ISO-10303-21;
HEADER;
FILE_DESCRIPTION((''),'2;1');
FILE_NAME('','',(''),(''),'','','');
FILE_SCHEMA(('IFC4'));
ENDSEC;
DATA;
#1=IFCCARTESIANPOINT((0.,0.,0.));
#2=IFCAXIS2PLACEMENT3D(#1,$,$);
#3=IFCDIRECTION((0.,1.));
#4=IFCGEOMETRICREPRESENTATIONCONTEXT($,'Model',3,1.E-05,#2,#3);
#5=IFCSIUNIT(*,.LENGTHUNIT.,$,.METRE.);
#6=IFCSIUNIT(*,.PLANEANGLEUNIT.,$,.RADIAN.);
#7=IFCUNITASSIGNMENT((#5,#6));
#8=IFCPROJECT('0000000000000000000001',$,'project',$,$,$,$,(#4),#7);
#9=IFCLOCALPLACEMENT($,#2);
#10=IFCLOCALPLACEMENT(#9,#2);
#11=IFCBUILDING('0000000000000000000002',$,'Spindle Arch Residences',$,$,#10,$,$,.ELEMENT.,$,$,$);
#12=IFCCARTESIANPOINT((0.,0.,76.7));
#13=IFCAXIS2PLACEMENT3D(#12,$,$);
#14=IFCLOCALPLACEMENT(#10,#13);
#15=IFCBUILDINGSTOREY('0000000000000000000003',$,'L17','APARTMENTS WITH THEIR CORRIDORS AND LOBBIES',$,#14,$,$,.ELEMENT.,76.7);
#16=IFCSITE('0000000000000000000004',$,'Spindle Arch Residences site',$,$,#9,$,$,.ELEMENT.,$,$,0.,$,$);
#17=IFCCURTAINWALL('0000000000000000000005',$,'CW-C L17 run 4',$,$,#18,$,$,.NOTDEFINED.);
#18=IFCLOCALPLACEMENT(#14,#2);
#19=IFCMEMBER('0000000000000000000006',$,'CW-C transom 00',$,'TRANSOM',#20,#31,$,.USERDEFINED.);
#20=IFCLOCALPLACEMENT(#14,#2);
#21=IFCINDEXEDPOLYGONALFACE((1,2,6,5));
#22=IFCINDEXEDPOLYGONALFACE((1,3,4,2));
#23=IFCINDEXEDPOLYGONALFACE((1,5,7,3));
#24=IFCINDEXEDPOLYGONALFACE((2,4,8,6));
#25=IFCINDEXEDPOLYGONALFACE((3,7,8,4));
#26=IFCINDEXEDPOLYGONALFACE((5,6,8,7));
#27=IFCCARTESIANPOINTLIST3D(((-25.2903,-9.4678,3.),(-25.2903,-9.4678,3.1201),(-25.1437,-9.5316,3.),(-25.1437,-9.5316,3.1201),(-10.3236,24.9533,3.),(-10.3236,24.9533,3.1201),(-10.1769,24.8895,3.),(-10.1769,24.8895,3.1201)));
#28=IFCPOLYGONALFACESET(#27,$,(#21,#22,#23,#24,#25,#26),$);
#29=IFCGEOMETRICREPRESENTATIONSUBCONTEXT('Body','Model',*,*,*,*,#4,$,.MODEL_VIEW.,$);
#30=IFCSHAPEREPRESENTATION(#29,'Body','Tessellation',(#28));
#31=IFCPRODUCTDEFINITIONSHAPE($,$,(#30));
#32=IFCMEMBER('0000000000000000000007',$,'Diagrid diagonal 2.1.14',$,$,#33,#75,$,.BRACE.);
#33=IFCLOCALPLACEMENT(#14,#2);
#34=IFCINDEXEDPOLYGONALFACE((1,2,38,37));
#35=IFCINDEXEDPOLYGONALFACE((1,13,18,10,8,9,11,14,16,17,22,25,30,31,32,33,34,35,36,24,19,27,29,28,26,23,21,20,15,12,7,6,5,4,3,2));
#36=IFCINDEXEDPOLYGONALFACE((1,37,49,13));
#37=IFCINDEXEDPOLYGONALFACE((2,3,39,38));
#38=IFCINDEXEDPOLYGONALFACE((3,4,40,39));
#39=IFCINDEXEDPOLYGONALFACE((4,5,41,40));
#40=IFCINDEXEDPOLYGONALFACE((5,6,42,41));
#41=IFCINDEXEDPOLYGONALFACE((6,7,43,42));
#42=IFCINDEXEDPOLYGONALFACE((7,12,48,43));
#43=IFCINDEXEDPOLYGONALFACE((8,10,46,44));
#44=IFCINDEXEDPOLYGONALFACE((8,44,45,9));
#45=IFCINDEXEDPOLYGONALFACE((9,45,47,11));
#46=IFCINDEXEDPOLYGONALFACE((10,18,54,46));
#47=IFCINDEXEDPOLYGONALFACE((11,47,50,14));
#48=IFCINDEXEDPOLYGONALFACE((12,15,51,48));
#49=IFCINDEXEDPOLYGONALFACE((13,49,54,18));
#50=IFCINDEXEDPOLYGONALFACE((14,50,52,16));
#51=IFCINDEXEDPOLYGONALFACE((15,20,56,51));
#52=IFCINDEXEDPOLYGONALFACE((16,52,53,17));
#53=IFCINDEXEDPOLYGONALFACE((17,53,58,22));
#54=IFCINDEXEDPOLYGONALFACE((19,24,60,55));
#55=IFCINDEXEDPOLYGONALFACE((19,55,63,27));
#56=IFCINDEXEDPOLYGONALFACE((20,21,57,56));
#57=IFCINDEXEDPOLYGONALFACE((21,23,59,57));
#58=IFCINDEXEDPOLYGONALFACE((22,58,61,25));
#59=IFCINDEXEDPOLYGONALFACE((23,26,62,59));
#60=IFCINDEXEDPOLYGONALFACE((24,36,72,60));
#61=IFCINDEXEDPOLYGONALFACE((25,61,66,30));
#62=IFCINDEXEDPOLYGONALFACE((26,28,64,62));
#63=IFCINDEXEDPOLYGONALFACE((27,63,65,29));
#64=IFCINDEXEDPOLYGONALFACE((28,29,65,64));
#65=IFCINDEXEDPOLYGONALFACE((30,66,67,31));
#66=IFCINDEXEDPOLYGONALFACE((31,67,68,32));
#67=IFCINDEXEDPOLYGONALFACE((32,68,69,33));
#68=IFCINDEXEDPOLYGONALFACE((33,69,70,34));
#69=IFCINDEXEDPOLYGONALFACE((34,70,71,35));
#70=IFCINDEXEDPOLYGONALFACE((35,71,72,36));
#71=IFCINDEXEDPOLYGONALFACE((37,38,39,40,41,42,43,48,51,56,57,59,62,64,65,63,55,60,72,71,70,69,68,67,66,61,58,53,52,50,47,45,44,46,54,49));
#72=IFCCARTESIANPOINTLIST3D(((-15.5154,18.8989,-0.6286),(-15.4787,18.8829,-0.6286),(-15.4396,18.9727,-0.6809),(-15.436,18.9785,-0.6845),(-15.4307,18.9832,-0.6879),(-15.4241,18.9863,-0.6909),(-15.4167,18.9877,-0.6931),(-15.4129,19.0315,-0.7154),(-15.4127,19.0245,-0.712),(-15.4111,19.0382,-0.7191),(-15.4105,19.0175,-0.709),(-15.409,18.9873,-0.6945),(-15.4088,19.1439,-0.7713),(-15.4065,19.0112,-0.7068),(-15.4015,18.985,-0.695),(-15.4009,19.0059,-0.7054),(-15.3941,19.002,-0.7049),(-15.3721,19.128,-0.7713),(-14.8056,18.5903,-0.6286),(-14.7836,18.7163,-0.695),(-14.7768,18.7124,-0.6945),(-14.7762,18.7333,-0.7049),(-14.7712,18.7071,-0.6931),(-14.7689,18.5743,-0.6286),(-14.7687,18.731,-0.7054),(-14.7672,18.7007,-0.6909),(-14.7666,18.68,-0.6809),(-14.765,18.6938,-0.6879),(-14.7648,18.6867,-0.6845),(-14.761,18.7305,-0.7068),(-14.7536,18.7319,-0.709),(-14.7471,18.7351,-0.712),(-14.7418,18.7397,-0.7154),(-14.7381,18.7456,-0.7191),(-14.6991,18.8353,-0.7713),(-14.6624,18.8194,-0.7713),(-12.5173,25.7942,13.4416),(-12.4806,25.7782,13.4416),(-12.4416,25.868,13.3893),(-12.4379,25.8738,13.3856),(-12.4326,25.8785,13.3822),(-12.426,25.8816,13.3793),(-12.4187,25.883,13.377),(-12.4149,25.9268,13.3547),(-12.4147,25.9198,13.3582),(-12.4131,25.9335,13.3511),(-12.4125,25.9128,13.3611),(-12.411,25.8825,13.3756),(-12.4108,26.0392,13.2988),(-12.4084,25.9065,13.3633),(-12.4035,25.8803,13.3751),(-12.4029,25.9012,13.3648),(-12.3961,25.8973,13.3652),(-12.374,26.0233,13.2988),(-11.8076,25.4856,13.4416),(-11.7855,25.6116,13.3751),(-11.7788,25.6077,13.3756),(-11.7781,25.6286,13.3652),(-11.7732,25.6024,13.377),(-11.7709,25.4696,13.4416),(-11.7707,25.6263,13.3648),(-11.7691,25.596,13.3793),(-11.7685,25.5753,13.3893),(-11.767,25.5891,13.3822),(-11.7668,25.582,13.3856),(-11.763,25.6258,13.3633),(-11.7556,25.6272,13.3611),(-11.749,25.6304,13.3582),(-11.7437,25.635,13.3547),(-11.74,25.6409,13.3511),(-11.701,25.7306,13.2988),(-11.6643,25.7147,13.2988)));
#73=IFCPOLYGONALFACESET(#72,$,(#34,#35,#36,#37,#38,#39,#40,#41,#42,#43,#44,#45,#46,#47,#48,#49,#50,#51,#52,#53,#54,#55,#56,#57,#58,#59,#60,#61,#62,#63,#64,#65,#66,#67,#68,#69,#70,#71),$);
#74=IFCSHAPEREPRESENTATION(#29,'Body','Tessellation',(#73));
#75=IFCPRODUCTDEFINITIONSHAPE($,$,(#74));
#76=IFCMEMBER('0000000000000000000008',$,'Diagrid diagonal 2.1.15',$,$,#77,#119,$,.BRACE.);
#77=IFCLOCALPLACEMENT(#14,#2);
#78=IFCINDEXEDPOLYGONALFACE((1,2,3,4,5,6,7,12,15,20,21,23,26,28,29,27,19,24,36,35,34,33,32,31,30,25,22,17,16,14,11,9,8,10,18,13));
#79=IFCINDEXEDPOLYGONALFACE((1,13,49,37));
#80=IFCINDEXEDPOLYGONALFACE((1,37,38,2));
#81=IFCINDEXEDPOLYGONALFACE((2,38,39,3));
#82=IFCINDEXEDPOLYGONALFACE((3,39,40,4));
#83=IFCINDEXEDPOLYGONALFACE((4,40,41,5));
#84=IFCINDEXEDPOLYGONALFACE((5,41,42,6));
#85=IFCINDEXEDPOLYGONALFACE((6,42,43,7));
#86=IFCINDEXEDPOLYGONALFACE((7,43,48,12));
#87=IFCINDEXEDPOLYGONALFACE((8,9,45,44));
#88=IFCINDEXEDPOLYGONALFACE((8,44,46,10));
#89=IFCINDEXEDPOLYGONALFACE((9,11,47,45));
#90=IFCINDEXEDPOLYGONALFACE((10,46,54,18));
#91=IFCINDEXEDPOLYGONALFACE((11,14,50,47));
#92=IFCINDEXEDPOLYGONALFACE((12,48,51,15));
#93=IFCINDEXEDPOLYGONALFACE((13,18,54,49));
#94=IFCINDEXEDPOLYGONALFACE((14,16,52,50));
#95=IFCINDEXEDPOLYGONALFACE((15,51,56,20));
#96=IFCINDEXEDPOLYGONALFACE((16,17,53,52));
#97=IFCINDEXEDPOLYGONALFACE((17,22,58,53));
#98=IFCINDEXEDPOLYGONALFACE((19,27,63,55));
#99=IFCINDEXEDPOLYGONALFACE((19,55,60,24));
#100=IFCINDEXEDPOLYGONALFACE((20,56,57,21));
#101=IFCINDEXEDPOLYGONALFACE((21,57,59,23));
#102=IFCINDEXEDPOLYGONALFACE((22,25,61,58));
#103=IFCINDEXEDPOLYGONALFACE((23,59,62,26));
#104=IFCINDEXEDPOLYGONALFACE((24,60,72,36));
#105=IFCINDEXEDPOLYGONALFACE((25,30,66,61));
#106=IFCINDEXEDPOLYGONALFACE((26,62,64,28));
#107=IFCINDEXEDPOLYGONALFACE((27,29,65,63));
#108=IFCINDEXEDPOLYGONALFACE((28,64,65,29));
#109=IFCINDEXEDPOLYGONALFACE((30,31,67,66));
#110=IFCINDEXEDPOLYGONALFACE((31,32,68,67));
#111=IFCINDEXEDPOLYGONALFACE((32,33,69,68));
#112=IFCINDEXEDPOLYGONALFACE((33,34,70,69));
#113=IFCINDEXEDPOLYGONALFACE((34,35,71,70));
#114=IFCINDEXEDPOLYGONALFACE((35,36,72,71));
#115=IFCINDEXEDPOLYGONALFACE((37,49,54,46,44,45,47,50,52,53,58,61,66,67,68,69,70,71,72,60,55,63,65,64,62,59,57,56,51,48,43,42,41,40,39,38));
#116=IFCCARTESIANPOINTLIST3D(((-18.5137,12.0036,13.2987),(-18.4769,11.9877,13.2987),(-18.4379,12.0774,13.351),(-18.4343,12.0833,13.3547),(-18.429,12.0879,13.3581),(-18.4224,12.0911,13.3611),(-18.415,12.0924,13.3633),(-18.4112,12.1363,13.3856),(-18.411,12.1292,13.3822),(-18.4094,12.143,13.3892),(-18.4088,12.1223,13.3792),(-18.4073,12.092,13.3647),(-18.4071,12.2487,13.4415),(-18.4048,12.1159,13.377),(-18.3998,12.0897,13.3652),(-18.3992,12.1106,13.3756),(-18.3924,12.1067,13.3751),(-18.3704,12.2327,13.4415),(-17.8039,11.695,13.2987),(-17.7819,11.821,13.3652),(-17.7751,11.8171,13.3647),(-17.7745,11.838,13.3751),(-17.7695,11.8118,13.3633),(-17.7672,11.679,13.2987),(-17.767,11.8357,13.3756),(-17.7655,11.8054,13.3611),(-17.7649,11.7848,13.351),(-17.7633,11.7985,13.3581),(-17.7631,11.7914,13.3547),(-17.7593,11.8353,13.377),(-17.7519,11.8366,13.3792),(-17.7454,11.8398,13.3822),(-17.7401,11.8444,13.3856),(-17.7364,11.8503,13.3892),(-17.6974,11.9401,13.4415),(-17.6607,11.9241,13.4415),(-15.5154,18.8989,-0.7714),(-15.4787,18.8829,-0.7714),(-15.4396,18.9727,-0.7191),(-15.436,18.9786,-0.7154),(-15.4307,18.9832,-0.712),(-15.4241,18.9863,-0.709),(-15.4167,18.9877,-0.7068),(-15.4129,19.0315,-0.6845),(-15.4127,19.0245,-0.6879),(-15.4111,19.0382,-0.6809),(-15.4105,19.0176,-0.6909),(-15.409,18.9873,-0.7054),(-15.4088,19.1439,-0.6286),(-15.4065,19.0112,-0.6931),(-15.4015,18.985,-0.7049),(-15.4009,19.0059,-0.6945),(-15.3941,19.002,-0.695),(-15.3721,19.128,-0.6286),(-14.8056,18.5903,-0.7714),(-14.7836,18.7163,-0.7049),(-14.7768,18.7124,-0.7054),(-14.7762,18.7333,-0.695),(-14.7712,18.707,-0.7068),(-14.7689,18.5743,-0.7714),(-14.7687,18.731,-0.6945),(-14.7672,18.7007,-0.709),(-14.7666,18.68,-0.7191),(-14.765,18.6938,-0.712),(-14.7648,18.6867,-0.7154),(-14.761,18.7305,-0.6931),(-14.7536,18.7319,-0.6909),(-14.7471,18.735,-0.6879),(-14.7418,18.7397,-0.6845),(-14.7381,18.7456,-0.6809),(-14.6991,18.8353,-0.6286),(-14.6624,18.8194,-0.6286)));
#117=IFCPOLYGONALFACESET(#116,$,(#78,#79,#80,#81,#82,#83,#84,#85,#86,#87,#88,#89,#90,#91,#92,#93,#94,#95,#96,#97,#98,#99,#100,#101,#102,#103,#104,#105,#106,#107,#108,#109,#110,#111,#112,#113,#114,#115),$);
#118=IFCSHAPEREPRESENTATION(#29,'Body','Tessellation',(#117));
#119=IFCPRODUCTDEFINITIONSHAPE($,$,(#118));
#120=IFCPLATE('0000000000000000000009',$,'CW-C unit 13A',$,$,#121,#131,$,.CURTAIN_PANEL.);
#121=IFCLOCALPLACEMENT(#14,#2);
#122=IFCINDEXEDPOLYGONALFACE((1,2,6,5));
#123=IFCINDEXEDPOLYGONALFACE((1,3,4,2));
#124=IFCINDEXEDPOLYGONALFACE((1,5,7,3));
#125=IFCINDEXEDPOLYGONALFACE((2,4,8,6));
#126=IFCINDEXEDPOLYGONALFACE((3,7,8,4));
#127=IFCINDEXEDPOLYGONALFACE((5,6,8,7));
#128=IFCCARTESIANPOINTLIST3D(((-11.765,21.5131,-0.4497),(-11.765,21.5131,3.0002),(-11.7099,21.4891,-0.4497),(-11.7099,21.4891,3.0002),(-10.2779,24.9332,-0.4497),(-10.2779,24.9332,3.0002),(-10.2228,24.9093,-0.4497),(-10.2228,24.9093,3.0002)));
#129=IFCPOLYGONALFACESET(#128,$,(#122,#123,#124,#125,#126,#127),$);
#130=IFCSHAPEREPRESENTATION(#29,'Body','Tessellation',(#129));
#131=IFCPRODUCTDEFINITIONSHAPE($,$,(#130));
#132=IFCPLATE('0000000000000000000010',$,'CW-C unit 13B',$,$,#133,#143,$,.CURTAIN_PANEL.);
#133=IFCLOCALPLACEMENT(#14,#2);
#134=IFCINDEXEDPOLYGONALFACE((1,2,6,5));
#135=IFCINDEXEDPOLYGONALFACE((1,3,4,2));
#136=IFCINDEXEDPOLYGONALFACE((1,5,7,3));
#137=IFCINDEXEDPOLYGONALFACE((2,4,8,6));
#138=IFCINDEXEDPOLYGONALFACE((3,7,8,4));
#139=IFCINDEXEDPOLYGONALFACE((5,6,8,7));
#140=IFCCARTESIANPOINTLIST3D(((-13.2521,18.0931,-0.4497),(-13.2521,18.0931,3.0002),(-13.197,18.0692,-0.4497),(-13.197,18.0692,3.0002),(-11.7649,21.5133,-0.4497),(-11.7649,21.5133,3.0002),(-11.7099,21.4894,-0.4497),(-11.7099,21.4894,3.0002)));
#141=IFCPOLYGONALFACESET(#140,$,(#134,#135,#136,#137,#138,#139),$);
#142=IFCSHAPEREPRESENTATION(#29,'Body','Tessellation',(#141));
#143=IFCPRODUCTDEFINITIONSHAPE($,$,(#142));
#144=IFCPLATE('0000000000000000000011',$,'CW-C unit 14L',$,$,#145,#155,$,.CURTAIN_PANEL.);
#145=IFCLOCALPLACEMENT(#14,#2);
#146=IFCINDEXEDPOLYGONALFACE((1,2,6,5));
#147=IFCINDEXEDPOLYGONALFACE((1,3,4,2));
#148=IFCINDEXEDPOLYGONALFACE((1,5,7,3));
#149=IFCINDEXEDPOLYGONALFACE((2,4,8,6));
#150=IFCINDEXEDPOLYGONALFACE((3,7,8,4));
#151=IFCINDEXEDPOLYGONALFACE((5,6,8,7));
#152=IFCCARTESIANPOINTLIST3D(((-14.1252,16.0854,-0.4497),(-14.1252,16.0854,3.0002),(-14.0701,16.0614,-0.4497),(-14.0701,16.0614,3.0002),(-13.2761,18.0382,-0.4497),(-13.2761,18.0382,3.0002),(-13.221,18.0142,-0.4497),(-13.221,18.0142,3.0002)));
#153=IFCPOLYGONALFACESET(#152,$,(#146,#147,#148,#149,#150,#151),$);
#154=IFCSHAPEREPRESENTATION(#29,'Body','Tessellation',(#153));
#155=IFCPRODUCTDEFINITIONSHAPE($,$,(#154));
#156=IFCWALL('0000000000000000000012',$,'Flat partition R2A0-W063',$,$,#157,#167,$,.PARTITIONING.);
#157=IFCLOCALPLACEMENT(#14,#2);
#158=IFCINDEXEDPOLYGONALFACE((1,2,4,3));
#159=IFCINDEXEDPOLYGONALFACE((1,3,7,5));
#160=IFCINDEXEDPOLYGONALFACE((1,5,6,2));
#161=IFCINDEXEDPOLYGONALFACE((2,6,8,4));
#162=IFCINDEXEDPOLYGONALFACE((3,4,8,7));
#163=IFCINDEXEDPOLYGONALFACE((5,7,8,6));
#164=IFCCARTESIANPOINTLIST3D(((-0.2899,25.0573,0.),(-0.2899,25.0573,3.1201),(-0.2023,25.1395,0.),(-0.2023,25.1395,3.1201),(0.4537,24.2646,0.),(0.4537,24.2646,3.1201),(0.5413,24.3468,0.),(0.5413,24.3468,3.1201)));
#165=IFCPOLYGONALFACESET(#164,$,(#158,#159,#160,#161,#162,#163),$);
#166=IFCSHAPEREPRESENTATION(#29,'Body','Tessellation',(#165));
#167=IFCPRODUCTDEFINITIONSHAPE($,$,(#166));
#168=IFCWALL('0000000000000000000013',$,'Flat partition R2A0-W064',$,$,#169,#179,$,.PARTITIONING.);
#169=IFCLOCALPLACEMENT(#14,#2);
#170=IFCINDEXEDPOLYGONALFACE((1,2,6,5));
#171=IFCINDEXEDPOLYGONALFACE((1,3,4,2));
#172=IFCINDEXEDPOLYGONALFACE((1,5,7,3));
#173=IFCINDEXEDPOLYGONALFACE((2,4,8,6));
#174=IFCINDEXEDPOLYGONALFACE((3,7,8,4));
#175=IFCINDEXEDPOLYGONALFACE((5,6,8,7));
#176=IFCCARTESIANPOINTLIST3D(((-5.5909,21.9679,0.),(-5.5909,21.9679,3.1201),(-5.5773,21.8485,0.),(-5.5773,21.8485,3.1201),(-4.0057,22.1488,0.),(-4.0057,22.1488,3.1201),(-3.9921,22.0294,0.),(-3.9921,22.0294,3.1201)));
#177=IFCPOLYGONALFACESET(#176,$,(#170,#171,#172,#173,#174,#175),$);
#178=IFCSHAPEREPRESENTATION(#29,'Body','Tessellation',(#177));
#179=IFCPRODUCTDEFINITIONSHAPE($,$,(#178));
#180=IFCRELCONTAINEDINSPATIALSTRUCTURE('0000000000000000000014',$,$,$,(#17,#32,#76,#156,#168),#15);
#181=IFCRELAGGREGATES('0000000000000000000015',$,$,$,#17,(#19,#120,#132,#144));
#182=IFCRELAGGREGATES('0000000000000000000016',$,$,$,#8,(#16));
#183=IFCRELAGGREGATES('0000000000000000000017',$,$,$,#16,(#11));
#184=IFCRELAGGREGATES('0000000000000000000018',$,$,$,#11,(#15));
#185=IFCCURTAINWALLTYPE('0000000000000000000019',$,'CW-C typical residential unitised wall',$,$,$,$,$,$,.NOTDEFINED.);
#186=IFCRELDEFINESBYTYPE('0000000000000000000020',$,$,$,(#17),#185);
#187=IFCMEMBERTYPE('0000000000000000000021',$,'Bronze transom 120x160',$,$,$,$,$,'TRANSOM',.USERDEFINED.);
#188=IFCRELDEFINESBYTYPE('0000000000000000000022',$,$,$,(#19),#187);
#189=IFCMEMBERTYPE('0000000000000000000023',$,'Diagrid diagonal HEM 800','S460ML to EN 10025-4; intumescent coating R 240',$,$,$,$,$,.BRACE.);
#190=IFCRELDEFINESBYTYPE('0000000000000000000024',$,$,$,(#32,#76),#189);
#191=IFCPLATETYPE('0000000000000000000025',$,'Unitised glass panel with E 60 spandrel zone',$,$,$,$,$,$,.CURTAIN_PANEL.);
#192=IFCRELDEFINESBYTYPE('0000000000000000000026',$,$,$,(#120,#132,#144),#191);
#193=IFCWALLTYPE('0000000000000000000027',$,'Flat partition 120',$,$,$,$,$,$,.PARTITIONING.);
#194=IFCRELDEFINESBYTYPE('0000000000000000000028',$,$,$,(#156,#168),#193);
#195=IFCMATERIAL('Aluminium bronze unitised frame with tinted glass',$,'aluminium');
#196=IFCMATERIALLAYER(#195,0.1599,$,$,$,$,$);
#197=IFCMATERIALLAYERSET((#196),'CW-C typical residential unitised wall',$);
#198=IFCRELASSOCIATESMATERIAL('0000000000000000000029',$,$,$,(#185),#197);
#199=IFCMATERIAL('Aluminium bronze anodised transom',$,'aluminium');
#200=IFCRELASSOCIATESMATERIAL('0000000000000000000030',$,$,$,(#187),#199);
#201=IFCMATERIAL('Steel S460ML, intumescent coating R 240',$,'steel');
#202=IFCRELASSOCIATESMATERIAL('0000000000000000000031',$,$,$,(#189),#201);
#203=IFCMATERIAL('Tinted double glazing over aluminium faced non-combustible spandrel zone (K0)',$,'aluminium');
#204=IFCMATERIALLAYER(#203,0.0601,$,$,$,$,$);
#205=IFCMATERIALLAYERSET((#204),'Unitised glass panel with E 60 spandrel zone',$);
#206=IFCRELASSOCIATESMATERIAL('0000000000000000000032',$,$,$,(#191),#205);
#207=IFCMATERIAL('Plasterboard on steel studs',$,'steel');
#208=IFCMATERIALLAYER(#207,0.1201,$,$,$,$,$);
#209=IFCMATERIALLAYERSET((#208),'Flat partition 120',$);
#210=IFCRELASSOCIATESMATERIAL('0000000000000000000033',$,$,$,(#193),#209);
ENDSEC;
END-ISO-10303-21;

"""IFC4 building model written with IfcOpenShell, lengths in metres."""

from ifc_helpers import new_model, si_unit, direction, frame, frame_2d, origin, origin_2d, place, context, subcontext, project, spatial, rectangle, i_section, extrude, material, layer, layer_set, material_profile, profile_set, type_object, element, aggregate, save


model = new_model("IFC4")

# Units and contexts
model_context = context("Model", 3, precision=1e-05, world=origin(), true_north=direction((0.0, 1.0)))
body_context = subcontext(model_context, "Body", "Model", "MODEL_VIEW")
ifc_project = project(units=[si_unit("LENGTHUNIT", "METRE"), si_unit("PLANEANGLEUNIT", "RADIAN")], contexts=[model_context])

# Site, building, storey
site_placement = place(None, origin())
site = spatial("IfcSite", under=ifc_project, at=site_placement, Name="Spindle Arch Residences site", CompositionType="ELEMENT", RefElevation=0.0)
building_placement = place(site_placement, origin())
building = spatial("IfcBuilding", under=site, at=building_placement, Name="Spindle Arch Residences", CompositionType="ELEMENT")
storey_placement = place(building_placement, frame((0.0, 0.0, 76.7)))
storey = spatial("IfcBuildingStorey", under=building, at=storey_placement, Name="L17", Description="APARTMENTS WITH THEIR CORRIDORS AND LOBBIES", CompositionType="ELEMENT", Elevation=76.7)

# Curtain wall, member
ifc_material_1 = material(Name="Aluminium bronze unitised frame with tinted glass", Category="aluminium")
ifc_layer_1 = layer(ifc_material_1, 0.1599)
ifc_layer_set_1 = layer_set([ifc_layer_1], Name="CW-C typical residential unitised wall")
curtain_wall_type = type_object("IfcCurtainWallType", Name="CW-C typical residential unitised wall", PredefinedType="NOTDEFINED", material=ifc_layer_set_1)
curtain_wall_placement = place(storey_placement, origin())
curtain_wall = element("IfcCurtainWall", 1, at=curtain_wall_placement, inside=storey, type_object=curtain_wall_type, Name="CW-C L17 run 4", PredefinedType="NOTDEFINED")
ifc_material_2 = material(Name="Aluminium bronze anodised transom", Category="aluminium")
ifc_material_profile_1 = material_profile(ifc_material_2, rectangle(XDim=0.1599, YDim=0.1201, at=origin_2d()), Name="TR 120x160")
ifc_profile_set_1 = profile_set([ifc_material_profile_1], Name="Aluminium bronze anodised transom")
member_type_1 = type_object("IfcMemberType", Name="Bronze transom 120x160", ElementType="TRANSOM", PredefinedType="USERDEFINED", material=ifc_profile_set_1)
member_1_placement = place(storey_placement, frame((-10.2502, 24.9214, 3.0601), z_axis=(-0.39875, -0.91706, 0.0), x_axis=(0.91706, -0.39875, 0.0)))
member_1 = element("IfcMember", 2, at=member_1_placement, type_object=member_type_1, Name="CW-C transom 00", ObjectType="TRANSOM", PredefinedType="USERDEFINED", context=body_context, shape_type="SweptSolid", body=[
    extrude(rectangle(XDim=0.1599, YDim=0.1201, at=origin_2d()), origin(), (0.0, 0.0, 1.0), 37.5342),
])

# Members
ifc_material_3 = material(Name="Steel S460ML, intumescent coating R 240", Category="steel")
ifc_material_profile_2 = material_profile(ifc_material_3, i_section(OverallWidth=0.303, OverallDepth=0.814, WebThickness=0.021, FlangeThickness=0.04, FilletRadius=0.03, at=origin_2d()), Name="HEM 800")
ifc_profile_set_2 = profile_set([ifc_material_profile_2], Name="Steel S460ML, intumescent coating R 240")
member_type_2 = type_object("IfcMemberType", Name="Diagrid diagonal HEM 800", Description="S460ML to EN 10025-4; intumescent coating R 240", PredefinedType="BRACE", material=ifc_profile_set_2)
for number, where, z_axis, x_axis, name in (
    (3, (-15.0889, 18.8591, -0.7), (0.187929, 0.432222, 0.881967), (-0.351674, -0.808821, 0.47131), "Diagrid diagonal 2.1.14"),
    (4, (-15.0889, 18.8591, -0.7), (-0.187944, -0.432221, 0.881965), (0.351697, 0.808809, 0.471315), "Diagrid diagonal 2.1.15"),
):
    element("IfcMember", number, at=place(storey_placement, frame(where, z_axis=z_axis, x_axis=x_axis)), inside=storey, type_object=member_type_2, Name=name, PredefinedType="BRACE", context=body_context, shape_type="SweptSolid", body=[
        extrude(i_section(OverallWidth=0.303, OverallDepth=0.814, WebThickness=0.021, FlangeThickness=0.04, FilletRadius=0.03, at=origin_2d()), origin(), (0.0, 0.0, 1.0), 15.9531),
    ])

# Plates
ifc_material_4 = material(Name="Tinted double glazing over aluminium faced non-combustible spandrel zone (K0)", Category="aluminium")
ifc_layer_2 = layer(ifc_material_4, 0.0601)
ifc_layer_set_2 = layer_set([ifc_layer_2], Name="Unitised glass panel with E 60 spandrel zone")
plate_type = type_object("IfcPlateType", Name="Unitised glass panel with E 60 spandrel zone", PredefinedType="CURTAIN_PANEL", material=ifc_layer_set_2)
plate_1_placement = place(storey_placement, frame((-10.9939, 23.2112, -0.4497), z_axis=(0.0, 0.0, 1.0), x_axis=(-0.398749, -0.91706, 0.0)))
plate_1 = element("IfcPlate", 5, at=plate_1_placement, type_object=plate_type, Name="CW-C unit 13A", PredefinedType="CURTAIN_PANEL", context=body_context, shape_type="SweptSolid", body=[
    extrude(rectangle(XDim=3.7295, YDim=0.0601, at=origin_2d()), origin(), (0.0, 0.0, 1.0), 3.45),
])
plate_2_placement = place(storey_placement, frame((-12.481, 19.7913, -0.4497), z_axis=(0.0, 0.0, 1.0), x_axis=(-0.398749, -0.91706, 0.0)))
plate_2 = element("IfcPlate", 6, at=plate_2_placement, type_object=plate_type, Name="CW-C unit 13B", PredefinedType="CURTAIN_PANEL", context=body_context, shape_type="SweptSolid", body=[
    extrude(rectangle(XDim=3.7295, YDim=0.0601, at=origin_2d()), origin(), (0.0, 0.0, 1.0), 3.45),
])
plate_3_placement = place(storey_placement, frame((-13.6731, 17.0498, -0.4497), z_axis=(0.0, 0.0, 1.0), x_axis=(-0.398749, -0.91706, 0.0)))
plate_3 = element("IfcPlate", 7, at=plate_3_placement, type_object=plate_type, Name="CW-C unit 14L", PredefinedType="CURTAIN_PANEL", context=body_context, shape_type="SweptSolid", body=[
    extrude(rectangle(XDim=2.1294, YDim=0.0601, at=origin_2d()), origin(), (0.0, 0.0, 1.0), 3.45),
])
aggregate(curtain_wall, [member_1, plate_1, plate_2, plate_3])

# Walls
ifc_material_5 = material(Name="Plasterboard on steel studs", Category="steel")
ifc_layer_3 = layer(ifc_material_5, 0.1201)
ifc_layer_set_3 = layer_set([ifc_layer_3], Name="Flat partition 120")
wall_type_1 = type_object("IfcWallType", Name="Flat partition 120", PredefinedType="PARTITIONING", material=ifc_layer_set_3)
wall_1_placement = place(storey_placement, frame((-0.2461, 25.0984, 0.0), z_axis=(0.0, 0.0, 1.0), x_axis=(0.684173, -0.72932, 0.0)))
element("IfcWall", 8, at=wall_1_placement, inside=storey, type_object=wall_type_1, Name="Flat partition R2A0-W063", PredefinedType="PARTITIONING", context=body_context, shape_type="SweptSolid", body=[
    extrude(rectangle(XDim=1.0869, YDim=0.1201, at=frame_2d((0.5435, 0.0))), origin(), (0.0, 0.0, 1.0), 3.1201),
])
wall_2_placement = place(storey_placement, frame((-3.9988, 22.0891, 0.0), z_axis=(0.0, 0.0, 1.0), x_axis=(-0.993551, -0.113387, 0.0)))
element("IfcWall", 9, at=wall_2_placement, inside=storey, type_object=wall_type_1, Name="Flat partition R2A0-W064", PredefinedType="PARTITIONING", context=body_context, shape_type="SweptSolid", body=[
    extrude(rectangle(XDim=1.5955, YDim=0.1201, at=frame_2d((0.7979, 0.0))), origin(), (0.0, 0.0, 1.0), 3.1201),
])

save(model, "model.ifc")
